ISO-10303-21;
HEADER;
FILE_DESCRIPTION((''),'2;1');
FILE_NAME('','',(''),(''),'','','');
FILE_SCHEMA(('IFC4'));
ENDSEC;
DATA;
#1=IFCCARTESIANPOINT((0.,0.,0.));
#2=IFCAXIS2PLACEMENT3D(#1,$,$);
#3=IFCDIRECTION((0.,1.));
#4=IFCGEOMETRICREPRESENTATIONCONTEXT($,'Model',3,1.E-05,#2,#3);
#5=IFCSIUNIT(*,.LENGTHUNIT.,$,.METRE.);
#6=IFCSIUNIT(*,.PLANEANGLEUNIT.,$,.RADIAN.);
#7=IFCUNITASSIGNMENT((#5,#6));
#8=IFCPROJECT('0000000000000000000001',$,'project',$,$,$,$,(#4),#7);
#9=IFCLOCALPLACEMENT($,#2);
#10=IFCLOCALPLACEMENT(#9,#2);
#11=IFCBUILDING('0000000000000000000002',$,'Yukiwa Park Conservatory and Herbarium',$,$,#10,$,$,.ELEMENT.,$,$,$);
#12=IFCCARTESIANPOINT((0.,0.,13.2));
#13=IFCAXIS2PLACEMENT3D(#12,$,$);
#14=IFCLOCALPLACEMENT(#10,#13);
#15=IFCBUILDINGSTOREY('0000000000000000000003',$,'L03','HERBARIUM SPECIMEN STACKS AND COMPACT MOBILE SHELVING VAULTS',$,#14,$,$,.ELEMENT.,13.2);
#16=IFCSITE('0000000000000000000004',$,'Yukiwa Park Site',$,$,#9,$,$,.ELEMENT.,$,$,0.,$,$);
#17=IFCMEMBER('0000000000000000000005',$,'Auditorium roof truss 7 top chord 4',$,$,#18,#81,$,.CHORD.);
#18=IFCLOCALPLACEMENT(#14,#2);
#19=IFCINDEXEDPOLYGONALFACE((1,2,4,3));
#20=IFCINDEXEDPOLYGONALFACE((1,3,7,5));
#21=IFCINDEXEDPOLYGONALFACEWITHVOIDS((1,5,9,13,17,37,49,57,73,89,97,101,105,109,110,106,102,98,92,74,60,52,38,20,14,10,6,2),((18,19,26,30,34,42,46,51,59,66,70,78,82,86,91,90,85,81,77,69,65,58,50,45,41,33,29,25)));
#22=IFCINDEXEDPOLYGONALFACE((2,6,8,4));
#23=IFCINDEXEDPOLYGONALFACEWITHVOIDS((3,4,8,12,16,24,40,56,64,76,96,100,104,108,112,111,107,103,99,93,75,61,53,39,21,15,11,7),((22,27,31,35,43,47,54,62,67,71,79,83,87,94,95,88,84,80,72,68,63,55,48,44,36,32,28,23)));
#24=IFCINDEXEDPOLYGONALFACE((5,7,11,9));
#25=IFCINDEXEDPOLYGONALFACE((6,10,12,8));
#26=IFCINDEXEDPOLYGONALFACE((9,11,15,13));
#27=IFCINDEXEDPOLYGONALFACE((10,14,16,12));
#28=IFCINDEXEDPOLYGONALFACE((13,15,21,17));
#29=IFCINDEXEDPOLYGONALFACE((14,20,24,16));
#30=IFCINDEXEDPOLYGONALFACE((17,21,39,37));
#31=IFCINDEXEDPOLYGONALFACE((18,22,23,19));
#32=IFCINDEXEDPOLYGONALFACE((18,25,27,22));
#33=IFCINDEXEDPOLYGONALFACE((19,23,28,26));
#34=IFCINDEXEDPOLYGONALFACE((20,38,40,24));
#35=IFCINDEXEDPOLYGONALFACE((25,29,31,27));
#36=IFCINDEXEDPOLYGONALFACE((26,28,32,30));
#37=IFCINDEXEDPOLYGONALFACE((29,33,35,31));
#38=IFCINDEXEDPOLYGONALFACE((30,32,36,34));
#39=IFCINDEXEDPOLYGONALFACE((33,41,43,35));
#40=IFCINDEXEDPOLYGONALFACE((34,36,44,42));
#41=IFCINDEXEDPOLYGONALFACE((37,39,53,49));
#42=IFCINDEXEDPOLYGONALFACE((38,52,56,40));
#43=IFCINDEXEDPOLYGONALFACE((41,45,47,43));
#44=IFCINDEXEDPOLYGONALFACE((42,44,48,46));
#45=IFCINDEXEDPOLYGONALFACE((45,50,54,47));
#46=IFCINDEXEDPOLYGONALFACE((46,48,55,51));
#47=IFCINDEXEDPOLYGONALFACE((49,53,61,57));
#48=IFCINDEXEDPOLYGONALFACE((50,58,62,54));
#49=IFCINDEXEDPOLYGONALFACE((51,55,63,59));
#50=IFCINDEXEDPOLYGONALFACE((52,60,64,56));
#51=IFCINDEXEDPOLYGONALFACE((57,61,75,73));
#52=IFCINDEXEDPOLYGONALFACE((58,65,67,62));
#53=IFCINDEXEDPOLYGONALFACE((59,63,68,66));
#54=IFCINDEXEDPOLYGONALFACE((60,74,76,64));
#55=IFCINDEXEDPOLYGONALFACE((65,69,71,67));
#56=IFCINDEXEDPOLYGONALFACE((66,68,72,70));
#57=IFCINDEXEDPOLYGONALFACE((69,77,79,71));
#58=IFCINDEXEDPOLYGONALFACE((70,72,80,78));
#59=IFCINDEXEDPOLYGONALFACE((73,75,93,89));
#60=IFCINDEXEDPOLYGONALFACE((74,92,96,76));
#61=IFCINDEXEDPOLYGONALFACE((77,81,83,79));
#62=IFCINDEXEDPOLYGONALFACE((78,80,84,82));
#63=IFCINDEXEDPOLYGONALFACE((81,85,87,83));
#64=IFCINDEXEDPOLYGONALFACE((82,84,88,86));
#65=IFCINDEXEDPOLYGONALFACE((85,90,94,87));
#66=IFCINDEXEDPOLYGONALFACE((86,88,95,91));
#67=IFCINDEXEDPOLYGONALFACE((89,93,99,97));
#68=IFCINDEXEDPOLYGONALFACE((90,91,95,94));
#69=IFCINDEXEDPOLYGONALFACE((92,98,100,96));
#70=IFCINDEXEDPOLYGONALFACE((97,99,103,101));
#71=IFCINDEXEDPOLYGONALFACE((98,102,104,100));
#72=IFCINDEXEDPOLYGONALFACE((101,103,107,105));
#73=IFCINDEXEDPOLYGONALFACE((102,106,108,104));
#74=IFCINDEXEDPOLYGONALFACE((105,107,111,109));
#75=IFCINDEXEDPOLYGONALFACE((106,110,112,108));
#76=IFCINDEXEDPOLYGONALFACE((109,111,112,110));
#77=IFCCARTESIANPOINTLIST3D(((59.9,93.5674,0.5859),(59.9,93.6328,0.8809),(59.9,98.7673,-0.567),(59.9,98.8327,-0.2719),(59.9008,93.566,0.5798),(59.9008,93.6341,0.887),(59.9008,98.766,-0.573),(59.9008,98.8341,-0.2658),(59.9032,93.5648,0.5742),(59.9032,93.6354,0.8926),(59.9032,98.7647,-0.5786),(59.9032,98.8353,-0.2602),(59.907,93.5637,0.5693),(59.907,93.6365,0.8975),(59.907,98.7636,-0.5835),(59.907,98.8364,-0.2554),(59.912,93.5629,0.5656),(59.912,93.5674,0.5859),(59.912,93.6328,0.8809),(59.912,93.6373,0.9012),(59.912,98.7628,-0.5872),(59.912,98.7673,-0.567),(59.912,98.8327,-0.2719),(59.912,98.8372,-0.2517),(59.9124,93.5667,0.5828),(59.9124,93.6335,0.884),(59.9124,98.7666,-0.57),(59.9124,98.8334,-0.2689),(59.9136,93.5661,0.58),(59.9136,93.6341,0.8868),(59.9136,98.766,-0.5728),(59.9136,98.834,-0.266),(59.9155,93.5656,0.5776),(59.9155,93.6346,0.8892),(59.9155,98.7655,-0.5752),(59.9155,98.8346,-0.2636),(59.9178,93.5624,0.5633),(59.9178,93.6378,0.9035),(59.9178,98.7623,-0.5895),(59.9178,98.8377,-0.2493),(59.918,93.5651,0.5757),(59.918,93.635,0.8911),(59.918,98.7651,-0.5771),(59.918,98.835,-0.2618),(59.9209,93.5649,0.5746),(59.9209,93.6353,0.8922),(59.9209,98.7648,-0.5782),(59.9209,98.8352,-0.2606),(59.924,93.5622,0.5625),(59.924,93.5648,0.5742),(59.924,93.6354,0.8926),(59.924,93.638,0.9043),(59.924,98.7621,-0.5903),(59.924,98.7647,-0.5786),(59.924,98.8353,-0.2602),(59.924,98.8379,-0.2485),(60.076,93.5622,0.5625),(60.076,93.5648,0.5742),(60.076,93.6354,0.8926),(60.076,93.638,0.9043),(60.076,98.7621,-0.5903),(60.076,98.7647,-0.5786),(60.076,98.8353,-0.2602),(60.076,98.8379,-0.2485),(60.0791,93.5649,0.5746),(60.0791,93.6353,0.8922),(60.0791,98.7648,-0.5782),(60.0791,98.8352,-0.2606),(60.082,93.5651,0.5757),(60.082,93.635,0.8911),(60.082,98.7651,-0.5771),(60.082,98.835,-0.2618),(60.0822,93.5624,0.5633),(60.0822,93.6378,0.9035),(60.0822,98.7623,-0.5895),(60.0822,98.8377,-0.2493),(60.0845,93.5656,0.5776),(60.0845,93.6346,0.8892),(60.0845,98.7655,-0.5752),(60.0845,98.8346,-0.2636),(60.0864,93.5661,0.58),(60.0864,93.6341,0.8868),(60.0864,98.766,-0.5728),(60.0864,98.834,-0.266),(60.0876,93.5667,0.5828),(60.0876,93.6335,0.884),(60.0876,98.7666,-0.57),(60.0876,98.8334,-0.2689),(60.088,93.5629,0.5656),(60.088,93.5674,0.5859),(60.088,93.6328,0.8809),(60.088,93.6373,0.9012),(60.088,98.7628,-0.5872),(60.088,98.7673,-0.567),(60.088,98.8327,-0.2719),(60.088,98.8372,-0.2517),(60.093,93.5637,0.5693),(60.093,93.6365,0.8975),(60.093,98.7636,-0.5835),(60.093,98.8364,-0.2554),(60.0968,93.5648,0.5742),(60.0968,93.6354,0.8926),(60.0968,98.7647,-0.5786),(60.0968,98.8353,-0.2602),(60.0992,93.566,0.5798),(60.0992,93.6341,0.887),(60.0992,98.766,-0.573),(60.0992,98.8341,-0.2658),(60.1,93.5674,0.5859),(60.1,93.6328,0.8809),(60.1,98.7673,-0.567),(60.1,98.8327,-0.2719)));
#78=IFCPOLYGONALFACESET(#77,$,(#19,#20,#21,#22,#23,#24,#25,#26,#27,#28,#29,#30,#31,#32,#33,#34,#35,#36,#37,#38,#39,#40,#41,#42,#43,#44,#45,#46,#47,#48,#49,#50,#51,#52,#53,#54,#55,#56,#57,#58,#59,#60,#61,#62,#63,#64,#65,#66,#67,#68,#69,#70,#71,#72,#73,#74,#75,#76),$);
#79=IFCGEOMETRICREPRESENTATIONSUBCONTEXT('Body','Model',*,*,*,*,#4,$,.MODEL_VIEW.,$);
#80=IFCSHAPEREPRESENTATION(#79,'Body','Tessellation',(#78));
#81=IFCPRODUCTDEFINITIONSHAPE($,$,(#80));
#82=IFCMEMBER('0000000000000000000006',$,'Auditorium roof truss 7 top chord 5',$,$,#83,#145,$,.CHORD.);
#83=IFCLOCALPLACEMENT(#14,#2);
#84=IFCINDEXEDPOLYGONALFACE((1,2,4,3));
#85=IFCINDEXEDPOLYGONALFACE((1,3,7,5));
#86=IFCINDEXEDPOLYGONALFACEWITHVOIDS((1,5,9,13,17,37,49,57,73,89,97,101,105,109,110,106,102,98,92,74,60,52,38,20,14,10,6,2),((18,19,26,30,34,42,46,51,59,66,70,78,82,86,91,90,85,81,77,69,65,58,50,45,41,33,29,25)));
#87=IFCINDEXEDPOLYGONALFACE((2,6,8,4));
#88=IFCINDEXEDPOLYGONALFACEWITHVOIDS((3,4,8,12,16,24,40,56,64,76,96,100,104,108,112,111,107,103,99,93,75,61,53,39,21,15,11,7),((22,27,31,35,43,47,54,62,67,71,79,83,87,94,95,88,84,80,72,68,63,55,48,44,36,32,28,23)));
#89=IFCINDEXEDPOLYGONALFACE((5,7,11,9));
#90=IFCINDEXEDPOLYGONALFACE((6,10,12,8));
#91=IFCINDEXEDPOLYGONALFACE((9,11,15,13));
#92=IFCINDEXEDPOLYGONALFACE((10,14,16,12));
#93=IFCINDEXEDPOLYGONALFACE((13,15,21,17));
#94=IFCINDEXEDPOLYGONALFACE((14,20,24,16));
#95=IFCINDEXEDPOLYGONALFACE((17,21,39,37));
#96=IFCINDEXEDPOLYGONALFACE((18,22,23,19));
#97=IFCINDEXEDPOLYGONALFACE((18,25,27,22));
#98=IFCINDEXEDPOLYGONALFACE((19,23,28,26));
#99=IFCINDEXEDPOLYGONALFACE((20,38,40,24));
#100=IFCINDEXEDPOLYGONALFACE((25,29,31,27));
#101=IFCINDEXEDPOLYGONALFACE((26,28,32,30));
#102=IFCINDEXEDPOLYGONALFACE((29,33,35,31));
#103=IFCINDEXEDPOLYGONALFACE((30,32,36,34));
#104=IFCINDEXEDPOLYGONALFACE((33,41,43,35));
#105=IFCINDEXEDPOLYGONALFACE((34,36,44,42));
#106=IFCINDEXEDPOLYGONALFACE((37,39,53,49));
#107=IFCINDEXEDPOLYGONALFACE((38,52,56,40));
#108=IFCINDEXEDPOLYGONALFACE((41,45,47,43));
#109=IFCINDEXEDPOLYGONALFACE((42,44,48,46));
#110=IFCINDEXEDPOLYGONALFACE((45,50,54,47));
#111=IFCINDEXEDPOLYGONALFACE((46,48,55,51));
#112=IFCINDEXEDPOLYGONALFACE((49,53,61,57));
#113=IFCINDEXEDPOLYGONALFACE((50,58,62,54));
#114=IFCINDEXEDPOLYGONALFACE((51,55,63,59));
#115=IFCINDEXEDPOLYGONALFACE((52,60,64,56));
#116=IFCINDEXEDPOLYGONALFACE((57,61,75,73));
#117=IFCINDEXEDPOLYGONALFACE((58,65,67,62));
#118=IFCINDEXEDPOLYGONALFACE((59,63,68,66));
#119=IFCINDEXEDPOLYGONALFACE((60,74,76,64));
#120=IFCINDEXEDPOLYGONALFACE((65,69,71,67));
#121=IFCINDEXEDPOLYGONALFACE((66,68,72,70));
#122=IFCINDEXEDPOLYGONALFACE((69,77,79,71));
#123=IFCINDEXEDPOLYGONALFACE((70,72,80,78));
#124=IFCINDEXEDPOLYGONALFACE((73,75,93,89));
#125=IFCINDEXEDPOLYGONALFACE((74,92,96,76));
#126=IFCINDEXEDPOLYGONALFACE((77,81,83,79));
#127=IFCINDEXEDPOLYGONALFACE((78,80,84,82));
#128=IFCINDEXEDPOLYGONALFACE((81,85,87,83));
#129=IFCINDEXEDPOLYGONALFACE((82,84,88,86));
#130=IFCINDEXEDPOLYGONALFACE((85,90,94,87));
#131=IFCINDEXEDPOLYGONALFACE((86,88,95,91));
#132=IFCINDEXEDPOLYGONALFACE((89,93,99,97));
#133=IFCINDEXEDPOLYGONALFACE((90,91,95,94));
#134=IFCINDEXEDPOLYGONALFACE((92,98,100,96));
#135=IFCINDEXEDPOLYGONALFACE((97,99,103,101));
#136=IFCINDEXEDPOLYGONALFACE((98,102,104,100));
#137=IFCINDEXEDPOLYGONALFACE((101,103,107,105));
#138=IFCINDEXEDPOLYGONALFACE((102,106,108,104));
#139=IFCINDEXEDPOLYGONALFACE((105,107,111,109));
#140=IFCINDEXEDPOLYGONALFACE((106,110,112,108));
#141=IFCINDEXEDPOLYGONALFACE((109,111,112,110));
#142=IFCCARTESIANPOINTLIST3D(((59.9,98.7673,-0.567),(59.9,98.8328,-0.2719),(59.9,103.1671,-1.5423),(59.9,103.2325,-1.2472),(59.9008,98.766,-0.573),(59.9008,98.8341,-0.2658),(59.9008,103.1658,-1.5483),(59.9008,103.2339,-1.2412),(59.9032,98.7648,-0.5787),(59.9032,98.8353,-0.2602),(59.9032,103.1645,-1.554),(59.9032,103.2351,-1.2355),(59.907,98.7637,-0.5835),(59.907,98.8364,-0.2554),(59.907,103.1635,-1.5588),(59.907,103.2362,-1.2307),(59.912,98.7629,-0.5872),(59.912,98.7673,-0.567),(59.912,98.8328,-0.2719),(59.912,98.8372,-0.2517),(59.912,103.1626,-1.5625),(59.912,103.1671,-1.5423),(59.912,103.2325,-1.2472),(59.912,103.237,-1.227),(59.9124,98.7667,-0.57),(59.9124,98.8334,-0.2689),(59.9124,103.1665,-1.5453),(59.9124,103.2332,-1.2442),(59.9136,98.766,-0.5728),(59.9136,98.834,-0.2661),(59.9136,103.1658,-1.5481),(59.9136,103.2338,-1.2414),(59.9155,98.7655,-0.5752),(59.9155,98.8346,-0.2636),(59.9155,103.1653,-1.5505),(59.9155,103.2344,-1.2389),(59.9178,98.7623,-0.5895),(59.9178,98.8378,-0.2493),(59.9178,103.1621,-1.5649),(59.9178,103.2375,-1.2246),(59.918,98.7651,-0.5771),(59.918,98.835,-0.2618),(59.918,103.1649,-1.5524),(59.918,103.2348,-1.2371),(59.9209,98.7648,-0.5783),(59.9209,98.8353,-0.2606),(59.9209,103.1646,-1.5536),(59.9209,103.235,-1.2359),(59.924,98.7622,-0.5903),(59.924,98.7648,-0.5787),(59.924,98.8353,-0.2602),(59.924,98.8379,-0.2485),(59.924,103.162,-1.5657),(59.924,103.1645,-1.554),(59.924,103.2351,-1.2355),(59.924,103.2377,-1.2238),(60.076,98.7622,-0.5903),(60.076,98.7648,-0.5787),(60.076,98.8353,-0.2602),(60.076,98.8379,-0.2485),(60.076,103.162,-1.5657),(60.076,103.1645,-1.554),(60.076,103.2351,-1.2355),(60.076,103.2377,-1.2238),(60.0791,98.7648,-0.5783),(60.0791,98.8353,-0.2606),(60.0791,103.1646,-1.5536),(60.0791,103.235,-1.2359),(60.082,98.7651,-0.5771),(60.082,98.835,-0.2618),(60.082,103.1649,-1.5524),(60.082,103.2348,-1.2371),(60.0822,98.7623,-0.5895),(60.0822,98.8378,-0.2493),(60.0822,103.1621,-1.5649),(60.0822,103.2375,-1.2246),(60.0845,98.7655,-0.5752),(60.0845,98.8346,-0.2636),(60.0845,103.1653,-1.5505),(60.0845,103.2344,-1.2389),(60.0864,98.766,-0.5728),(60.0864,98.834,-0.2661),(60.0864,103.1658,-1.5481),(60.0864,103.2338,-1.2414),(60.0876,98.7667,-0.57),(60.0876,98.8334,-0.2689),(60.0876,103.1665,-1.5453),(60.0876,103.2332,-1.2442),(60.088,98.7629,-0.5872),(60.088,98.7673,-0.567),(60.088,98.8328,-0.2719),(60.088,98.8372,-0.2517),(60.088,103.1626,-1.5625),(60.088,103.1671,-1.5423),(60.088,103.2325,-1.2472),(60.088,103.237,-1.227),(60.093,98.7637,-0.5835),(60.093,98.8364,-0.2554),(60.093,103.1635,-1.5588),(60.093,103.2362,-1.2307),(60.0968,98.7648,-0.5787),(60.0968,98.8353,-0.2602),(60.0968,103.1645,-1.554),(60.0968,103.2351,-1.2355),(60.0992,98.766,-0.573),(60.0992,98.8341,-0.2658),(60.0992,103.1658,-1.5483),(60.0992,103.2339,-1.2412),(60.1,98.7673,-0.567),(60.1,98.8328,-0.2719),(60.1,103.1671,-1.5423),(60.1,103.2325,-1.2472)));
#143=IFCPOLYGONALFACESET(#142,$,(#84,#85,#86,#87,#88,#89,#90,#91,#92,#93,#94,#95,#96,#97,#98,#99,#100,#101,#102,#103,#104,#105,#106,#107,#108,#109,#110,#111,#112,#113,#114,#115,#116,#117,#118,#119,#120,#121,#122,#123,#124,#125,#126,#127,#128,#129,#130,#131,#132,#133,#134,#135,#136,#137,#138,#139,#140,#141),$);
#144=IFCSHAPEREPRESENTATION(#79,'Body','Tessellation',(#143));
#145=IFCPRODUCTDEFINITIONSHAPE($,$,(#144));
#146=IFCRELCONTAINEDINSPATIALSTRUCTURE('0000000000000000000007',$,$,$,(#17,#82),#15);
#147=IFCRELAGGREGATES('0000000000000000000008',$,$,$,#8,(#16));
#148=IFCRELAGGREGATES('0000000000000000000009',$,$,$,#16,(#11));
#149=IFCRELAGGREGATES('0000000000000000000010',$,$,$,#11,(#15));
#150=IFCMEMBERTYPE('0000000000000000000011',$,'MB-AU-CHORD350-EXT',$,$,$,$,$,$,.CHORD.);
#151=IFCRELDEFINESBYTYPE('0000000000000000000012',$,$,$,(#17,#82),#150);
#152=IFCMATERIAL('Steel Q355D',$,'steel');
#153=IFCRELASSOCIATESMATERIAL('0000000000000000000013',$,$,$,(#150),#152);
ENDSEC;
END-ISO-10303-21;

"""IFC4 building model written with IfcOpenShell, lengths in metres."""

from ifc_helpers import new_model, si_unit, direction, frame, origin, origin_2d, place, context, subcontext, project, spatial, hollow_rectangle, extrude, material, material_profile, profile_set, type_object, element, save


model = new_model("IFC4")

# Units and contexts
model_context = context("Model", 3, precision=1e-05, world=origin(), true_north=direction((0.0, 1.0)))
body_context = subcontext(model_context, "Body", "Model", "MODEL_VIEW")
ifc_project = project(units=[si_unit("LENGTHUNIT", "METRE"), si_unit("PLANEANGLEUNIT", "RADIAN")], contexts=[model_context])

# Site, building, storey
site_placement = place(None, origin())
site = spatial("IfcSite", under=ifc_project, at=site_placement, Name="Yukiwa Park Site", CompositionType="ELEMENT", RefElevation=0.0)
building_placement = place(site_placement, origin())
building = spatial("IfcBuilding", under=site, at=building_placement, Name="Yukiwa Park Conservatory and Herbarium", CompositionType="ELEMENT")
storey_placement = place(building_placement, frame((0.0, 0.0, 13.2)))
storey = spatial("IfcBuildingStorey", under=building, at=storey_placement, Name="L03", Description="HERBARIUM SPECIMEN STACKS AND COMPACT MOBILE SHELVING VAULTS", CompositionType="ELEMENT", Elevation=13.2)

# Members
ifc_material_1 = material(Name="Steel Q355D", Category="steel")
ifc_material_profile_1 = material_profile(ifc_material_1, hollow_rectangle(XDim=0.2, YDim=0.3501, WallThickness=0.012, InnerFilletRadius=0.012, OuterFilletRadius=0.0239, at=origin_2d()), Name="RHS 350x200x12")
ifc_profile_set_1 = profile_set([ifc_material_profile_1], Name="Steel Q355D")
member_type_1 = type_object("IfcMemberType", Name="MB-AU-CHORD350-EXT", PredefinedType="CHORD", material=ifc_profile_set_1)
member_1_placement = place(storey_placement, frame((60.0, 93.6001, 0.7334), z_axis=(0.0, 0.976295, -0.216445), x_axis=(-1.0, 0.0, 0.0)))
element("IfcMember", 1, at=member_1_placement, inside=storey, type_object=member_type_1, Name="Auditorium roof truss 7 top chord 4", PredefinedType="CHORD", context=body_context, shape_type="SweptSolid", body=[
    extrude(hollow_rectangle(XDim=0.2, YDim=0.3501, WallThickness=0.012, InnerFilletRadius=0.012, OuterFilletRadius=0.0239, at=origin_2d()), origin(), (0.0, 0.0, 1.0), 5.3262),
])
member_2_placement = place(storey_placement, frame((60.0, 98.8, -0.4194), z_axis=(0.0, 0.9763, -0.21642), x_axis=(-1.0, 0.0, 0.0)))
element("IfcMember", 2, at=member_2_placement, inside=storey, type_object=member_type_1, Name="Auditorium roof truss 7 top chord 5", PredefinedType="CHORD", context=body_context, shape_type="SweptSolid", body=[
    extrude(hollow_rectangle(XDim=0.2, YDim=0.3501, WallThickness=0.012, InnerFilletRadius=0.012, OuterFilletRadius=0.0239, at=origin_2d()), origin(), (0.0, 0.0, 1.0), 4.5066),
])

save(model, "model.ifc")
